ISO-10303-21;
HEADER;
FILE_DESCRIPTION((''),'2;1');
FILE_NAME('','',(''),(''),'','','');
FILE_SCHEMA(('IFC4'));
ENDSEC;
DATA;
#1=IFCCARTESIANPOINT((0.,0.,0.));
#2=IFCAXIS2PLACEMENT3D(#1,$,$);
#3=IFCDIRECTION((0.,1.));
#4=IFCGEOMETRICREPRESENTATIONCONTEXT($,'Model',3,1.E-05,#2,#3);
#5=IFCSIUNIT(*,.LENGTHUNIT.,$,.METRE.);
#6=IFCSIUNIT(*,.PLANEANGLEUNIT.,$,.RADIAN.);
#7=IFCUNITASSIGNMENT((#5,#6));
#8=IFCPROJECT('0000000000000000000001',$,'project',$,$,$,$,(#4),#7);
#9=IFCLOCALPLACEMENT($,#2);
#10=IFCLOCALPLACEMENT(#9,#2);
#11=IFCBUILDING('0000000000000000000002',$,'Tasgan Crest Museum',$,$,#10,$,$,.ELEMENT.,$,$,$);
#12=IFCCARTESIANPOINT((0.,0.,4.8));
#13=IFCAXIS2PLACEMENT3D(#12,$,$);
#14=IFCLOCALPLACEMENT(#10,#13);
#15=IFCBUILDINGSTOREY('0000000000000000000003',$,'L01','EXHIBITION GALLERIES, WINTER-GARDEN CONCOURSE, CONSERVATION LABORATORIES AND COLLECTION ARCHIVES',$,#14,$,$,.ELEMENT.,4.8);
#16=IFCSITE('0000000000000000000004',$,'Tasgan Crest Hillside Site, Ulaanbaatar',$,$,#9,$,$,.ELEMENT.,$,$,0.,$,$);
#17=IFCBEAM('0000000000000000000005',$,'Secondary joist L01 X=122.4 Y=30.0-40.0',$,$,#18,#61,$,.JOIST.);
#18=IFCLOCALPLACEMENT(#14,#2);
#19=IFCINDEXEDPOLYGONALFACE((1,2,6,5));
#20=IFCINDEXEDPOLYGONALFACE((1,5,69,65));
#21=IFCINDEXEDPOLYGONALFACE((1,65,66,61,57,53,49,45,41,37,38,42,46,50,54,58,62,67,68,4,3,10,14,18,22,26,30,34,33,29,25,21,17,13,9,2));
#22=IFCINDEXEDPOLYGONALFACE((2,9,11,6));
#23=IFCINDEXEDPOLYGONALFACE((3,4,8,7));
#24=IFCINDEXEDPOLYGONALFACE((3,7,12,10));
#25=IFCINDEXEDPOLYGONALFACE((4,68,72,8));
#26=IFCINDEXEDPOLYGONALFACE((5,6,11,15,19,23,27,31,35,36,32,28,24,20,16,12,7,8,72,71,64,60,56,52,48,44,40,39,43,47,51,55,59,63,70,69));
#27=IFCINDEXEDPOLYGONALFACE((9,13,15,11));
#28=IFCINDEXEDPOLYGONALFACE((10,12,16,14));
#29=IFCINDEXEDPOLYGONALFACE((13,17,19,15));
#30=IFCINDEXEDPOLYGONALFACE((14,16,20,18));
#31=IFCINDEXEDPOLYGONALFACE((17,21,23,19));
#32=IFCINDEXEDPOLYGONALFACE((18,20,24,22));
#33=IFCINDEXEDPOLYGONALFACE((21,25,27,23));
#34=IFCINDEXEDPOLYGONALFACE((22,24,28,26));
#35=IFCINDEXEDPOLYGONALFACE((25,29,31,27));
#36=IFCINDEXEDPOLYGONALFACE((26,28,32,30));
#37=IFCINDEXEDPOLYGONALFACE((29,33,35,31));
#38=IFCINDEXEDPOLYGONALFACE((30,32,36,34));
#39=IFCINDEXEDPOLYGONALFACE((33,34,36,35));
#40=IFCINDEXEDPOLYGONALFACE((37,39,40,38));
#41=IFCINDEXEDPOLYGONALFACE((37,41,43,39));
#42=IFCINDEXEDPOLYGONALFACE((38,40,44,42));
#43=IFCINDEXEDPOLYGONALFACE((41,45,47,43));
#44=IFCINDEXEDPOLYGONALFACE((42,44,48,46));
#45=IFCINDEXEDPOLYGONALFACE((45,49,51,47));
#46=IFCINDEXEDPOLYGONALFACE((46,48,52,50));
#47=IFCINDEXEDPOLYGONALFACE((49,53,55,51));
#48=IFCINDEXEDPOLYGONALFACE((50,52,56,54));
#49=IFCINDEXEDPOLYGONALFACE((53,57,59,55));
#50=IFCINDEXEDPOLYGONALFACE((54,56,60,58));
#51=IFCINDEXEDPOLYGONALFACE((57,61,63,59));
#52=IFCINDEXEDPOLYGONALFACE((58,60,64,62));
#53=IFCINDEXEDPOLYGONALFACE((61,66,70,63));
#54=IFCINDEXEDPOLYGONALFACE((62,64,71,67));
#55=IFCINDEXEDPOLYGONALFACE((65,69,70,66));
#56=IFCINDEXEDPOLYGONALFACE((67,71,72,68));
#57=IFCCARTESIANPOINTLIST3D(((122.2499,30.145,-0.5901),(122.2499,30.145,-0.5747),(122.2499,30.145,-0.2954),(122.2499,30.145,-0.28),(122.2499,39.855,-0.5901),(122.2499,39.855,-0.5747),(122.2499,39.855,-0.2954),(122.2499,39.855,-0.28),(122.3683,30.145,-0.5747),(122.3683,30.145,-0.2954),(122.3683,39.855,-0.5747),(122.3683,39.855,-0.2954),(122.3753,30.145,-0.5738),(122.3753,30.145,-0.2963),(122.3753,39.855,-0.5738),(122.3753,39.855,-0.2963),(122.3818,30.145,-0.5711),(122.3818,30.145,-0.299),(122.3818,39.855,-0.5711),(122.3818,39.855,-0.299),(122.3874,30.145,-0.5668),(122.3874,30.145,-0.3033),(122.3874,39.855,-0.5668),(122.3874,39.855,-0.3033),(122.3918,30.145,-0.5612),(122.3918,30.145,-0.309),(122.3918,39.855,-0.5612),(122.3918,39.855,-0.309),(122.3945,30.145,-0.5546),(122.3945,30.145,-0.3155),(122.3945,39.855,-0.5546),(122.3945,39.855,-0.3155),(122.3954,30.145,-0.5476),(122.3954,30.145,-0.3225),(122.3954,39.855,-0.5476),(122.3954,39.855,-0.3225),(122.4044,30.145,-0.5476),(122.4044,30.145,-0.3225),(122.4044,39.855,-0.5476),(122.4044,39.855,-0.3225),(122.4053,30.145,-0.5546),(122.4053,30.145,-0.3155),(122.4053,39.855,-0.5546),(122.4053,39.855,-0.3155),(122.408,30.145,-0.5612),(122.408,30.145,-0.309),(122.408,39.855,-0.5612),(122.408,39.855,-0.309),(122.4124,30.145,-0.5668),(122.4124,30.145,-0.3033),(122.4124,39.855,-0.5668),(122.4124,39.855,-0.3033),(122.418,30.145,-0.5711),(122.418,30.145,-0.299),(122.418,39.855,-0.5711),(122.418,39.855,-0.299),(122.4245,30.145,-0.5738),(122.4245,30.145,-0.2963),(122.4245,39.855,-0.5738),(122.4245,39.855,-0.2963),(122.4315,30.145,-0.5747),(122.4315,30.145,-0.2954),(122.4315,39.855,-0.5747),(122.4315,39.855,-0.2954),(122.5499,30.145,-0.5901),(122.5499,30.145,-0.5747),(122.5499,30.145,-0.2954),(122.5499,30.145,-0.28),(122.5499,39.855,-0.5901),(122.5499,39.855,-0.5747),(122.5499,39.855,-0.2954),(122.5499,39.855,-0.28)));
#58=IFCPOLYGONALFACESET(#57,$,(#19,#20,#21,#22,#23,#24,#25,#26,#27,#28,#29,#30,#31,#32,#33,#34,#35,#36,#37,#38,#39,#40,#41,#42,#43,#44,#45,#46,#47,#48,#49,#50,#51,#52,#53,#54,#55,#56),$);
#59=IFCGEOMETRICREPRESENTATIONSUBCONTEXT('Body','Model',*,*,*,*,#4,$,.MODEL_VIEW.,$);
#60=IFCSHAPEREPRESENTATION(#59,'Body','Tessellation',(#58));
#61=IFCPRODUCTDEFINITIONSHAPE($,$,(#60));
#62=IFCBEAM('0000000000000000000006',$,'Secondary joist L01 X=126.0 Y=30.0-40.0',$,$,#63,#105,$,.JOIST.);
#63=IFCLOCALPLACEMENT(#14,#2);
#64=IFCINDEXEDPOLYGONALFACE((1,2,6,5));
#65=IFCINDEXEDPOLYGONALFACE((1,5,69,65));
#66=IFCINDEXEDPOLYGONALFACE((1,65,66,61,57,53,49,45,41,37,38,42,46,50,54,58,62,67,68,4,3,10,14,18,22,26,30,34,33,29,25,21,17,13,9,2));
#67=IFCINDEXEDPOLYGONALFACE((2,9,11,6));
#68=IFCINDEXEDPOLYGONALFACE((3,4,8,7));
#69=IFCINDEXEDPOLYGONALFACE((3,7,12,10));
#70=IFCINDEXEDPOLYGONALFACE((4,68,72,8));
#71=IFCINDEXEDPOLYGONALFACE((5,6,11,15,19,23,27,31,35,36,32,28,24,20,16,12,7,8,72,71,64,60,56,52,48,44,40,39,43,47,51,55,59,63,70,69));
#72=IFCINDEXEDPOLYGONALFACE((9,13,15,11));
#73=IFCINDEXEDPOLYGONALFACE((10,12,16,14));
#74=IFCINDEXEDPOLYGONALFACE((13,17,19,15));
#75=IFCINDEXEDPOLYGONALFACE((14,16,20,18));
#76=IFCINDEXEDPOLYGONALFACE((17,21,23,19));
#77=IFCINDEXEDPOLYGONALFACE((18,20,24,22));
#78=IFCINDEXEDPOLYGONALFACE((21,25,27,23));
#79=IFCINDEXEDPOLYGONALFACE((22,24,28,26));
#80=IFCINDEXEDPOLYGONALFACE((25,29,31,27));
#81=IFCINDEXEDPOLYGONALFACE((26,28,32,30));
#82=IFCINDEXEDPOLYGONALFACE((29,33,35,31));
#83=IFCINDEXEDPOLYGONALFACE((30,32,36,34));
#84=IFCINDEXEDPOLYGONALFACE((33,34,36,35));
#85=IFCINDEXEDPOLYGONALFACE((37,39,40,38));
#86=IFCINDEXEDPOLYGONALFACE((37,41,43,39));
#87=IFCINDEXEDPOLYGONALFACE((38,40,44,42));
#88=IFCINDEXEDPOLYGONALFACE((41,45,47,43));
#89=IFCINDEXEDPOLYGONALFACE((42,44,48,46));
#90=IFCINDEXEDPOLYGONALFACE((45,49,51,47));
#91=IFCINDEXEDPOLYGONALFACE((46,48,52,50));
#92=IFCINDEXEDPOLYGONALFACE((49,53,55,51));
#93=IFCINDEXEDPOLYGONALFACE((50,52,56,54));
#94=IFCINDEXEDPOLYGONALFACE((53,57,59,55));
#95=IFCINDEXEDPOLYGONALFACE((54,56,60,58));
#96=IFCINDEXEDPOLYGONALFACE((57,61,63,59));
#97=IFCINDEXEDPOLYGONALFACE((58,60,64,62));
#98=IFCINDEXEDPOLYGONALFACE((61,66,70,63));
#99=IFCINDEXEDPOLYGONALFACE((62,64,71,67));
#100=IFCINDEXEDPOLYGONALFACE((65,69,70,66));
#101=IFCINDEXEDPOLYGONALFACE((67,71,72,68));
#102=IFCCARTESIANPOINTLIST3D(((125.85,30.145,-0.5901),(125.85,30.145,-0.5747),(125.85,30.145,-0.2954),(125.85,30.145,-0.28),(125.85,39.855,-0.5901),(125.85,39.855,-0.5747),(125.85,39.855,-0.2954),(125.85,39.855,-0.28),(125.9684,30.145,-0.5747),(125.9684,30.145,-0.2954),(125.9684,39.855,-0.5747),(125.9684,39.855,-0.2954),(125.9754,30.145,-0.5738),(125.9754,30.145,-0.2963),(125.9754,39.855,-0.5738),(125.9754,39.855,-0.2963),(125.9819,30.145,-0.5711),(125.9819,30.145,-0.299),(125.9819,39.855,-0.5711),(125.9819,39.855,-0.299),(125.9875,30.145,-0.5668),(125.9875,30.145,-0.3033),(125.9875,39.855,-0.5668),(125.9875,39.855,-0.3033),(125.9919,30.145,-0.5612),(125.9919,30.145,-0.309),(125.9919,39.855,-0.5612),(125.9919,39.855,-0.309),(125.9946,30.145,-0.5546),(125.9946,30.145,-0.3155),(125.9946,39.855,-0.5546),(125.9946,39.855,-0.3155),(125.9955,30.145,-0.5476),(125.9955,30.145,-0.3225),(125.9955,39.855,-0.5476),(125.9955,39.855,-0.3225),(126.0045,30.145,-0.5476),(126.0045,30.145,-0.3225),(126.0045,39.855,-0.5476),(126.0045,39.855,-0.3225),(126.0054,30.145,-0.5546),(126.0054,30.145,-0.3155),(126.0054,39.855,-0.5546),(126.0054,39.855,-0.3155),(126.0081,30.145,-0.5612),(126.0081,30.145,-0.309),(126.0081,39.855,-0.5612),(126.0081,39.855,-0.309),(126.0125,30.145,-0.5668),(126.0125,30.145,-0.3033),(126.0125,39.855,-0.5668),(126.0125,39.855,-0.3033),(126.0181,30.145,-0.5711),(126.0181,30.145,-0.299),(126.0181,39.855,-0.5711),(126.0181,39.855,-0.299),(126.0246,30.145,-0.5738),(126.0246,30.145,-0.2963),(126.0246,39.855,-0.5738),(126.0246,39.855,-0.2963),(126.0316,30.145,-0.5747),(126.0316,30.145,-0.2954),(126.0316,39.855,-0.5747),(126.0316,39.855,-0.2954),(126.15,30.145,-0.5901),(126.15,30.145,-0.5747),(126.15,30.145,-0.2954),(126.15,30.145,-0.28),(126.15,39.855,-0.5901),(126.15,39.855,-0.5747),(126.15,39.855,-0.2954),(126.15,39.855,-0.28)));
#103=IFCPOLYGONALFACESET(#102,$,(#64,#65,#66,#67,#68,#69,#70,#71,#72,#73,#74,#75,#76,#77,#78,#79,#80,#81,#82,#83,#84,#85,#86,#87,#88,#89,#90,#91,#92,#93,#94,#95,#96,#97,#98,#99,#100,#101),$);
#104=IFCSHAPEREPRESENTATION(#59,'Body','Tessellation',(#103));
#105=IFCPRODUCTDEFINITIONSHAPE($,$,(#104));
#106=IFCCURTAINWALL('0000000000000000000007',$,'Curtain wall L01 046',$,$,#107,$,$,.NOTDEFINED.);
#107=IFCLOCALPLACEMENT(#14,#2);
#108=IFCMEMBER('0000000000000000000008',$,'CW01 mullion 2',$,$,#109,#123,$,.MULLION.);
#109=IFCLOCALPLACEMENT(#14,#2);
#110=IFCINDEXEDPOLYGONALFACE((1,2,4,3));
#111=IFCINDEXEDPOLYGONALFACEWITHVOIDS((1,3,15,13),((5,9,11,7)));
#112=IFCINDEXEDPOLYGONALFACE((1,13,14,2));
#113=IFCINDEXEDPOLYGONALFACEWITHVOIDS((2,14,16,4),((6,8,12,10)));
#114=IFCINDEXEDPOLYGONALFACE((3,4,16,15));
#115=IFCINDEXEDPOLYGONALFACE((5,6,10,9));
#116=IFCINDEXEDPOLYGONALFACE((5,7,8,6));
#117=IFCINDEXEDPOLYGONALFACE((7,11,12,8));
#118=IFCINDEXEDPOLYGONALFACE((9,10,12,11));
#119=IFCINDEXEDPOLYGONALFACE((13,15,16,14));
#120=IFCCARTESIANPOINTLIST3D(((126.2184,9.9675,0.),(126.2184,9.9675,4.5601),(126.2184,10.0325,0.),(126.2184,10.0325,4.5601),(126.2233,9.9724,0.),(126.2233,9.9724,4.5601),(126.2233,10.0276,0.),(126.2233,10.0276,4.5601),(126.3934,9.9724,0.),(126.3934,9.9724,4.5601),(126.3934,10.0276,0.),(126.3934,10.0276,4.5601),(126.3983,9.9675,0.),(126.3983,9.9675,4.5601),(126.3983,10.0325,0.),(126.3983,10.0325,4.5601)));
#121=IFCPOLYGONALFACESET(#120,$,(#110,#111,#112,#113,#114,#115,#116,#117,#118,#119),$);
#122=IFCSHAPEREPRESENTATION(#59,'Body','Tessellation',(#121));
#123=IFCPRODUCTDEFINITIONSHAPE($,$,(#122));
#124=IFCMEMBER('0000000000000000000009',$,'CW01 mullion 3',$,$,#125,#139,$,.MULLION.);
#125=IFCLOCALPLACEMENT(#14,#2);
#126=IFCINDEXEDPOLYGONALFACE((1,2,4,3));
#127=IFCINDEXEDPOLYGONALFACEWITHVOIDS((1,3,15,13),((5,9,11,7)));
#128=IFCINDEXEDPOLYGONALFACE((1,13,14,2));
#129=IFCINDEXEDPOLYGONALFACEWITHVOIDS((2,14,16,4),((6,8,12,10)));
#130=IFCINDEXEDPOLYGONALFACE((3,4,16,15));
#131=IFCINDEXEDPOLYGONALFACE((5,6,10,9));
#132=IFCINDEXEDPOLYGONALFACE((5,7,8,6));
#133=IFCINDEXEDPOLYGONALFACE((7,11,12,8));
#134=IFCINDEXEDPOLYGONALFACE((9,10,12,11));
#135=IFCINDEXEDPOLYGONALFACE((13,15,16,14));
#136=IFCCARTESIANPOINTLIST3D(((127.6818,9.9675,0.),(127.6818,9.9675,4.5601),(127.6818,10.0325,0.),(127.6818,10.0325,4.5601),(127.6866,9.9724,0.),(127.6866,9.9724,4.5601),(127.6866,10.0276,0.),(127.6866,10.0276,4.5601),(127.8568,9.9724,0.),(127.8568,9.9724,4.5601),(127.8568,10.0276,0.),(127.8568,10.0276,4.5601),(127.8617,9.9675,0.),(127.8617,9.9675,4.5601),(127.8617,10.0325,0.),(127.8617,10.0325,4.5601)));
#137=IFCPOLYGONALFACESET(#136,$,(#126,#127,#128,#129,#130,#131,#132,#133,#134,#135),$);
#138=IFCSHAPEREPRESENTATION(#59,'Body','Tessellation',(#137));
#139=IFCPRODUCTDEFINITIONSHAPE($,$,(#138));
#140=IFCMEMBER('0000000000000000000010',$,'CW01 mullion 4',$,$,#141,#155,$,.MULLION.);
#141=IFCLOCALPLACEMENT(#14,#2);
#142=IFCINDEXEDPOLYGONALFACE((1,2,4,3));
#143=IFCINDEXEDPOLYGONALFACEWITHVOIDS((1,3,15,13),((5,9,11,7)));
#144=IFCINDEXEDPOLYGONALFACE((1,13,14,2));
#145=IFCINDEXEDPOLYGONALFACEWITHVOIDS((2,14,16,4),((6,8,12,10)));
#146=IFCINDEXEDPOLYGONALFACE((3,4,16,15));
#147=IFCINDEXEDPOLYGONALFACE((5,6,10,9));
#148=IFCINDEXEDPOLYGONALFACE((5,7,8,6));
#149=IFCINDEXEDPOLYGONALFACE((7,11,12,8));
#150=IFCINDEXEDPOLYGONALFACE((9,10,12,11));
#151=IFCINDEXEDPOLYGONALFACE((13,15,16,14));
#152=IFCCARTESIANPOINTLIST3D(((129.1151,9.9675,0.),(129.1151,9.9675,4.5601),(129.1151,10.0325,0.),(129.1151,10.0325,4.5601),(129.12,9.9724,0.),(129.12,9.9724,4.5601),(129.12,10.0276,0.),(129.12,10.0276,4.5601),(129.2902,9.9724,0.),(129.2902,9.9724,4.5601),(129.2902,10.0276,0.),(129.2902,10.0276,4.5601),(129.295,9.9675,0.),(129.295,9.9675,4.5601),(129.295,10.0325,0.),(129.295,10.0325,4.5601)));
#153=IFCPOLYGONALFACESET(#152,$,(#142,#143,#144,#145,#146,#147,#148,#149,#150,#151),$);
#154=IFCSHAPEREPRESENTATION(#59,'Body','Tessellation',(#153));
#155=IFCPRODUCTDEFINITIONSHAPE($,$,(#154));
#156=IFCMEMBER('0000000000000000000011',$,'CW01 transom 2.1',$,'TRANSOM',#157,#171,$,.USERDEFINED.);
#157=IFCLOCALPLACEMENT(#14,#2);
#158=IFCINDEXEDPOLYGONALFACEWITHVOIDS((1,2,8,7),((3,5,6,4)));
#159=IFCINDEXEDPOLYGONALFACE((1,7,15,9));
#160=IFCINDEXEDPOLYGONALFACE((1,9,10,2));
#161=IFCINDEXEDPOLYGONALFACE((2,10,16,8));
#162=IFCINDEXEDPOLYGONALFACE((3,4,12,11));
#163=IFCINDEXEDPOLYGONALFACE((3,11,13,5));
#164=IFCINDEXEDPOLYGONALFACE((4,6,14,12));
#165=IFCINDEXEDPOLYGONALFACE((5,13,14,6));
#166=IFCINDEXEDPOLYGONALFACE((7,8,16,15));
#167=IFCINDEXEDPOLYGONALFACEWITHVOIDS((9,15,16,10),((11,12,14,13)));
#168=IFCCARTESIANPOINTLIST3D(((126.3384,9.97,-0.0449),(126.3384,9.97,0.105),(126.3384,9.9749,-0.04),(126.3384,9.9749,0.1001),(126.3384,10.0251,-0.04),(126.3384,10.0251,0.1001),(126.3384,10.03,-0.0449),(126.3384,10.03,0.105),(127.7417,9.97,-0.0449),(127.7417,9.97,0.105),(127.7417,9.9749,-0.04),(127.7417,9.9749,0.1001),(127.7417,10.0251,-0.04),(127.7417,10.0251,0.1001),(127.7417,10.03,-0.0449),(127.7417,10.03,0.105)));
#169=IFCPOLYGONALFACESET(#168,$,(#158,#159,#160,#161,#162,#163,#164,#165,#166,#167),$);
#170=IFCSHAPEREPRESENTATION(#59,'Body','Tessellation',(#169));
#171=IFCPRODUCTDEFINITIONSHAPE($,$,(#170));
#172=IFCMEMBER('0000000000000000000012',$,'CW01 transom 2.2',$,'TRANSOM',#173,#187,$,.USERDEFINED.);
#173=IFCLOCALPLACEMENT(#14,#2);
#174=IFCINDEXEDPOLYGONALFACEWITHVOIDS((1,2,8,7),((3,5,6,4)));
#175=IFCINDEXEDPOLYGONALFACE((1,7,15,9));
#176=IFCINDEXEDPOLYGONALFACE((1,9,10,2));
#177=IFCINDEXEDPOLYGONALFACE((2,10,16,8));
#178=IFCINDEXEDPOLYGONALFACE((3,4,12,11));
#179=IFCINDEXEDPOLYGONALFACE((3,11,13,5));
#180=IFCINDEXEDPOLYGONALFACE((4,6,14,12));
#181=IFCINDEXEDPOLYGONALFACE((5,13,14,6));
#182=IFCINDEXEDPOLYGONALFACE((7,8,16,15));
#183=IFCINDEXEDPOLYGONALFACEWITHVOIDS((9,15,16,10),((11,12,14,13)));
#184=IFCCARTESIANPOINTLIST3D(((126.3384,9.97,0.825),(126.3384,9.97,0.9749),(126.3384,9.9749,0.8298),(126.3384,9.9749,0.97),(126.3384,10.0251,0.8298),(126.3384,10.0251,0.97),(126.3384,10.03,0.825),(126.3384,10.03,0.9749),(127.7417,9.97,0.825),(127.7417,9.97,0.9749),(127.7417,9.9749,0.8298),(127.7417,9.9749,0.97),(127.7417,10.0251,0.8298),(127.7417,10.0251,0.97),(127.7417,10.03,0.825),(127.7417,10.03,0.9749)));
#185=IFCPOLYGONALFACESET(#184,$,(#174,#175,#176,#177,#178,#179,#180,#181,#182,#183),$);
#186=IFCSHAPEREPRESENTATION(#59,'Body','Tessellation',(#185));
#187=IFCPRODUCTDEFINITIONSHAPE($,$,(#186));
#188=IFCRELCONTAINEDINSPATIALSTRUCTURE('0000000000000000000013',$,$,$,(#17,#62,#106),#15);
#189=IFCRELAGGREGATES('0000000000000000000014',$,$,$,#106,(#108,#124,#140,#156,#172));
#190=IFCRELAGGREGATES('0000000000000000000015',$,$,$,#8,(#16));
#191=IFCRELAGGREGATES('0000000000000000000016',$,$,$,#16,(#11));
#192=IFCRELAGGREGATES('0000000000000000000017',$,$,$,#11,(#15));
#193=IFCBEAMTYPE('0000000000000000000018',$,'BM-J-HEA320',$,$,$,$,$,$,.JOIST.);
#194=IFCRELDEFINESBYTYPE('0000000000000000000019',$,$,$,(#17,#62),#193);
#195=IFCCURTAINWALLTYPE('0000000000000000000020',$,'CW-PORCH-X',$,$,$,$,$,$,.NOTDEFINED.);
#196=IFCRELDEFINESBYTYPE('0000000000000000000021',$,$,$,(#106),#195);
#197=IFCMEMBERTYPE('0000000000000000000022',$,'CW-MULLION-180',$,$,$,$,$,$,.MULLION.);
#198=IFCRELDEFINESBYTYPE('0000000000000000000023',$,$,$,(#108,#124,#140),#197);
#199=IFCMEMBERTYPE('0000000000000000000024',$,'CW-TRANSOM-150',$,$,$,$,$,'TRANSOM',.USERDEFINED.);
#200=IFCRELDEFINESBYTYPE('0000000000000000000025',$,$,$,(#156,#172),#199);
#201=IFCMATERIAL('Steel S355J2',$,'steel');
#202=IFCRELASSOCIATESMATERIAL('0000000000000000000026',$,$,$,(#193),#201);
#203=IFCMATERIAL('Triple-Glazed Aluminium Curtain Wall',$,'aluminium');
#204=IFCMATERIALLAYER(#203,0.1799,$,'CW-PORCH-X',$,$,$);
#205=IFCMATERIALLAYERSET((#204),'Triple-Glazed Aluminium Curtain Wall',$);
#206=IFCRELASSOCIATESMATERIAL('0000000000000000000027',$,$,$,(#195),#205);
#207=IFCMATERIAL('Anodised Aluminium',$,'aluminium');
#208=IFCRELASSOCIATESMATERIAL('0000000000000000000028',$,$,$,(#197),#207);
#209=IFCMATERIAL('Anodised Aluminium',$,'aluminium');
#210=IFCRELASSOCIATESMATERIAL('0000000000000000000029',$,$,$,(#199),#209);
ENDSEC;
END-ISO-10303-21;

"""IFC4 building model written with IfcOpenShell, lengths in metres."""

from ifc_helpers import new_model, si_unit, direction, frame, origin, origin_2d, place, context, subcontext, project, spatial, hollow_rectangle, i_section, extrude, material, layer, layer_set, material_profile, profile_set, type_object, element, aggregate, save


model = new_model("IFC4")

# Units and contexts
model_context = context("Model", 3, precision=1e-05, world=origin(), true_north=direction((0.0, 1.0)))
body_context = subcontext(model_context, "Body", "Model", "MODEL_VIEW")
ifc_project = project(units=[si_unit("LENGTHUNIT", "METRE"), si_unit("PLANEANGLEUNIT", "RADIAN")], contexts=[model_context])

# Site, building, storey
site_placement = place(None, origin())
site = spatial("IfcSite", under=ifc_project, at=site_placement, Name="Tasgan Crest Hillside Site, Ulaanbaatar", CompositionType="ELEMENT", RefElevation=0.0)
building_placement = place(site_placement, origin())
building = spatial("IfcBuilding", under=site, at=building_placement, Name="Tasgan Crest Museum", CompositionType="ELEMENT")
storey_placement = place(building_placement, frame((0.0, 0.0, 4.8)))
storey = spatial("IfcBuildingStorey", under=building, at=storey_placement, Name="L01", Description="EXHIBITION GALLERIES, WINTER-GARDEN CONCOURSE, CONSERVATION LABORATORIES AND COLLECTION ARCHIVES", CompositionType="ELEMENT", Elevation=4.8)

# Beams
ifc_material_1 = material(Name="Steel S355J2", Category="steel")
ifc_material_profile_1 = material_profile(ifc_material_1, i_section(OverallWidth=0.3, OverallDepth=0.3101, WebThickness=0.009, FlangeThickness=0.0154, FilletRadius=0.0271, at=origin_2d()), Name="HEA 320")
ifc_profile_set_1 = profile_set([ifc_material_profile_1], Name="Steel S355J2")
beam_type_1 = type_object("IfcBeamType", Name="BM-J-HEA320", PredefinedType="JOIST", material=ifc_profile_set_1)
for number, where, z_axis, x_axis, name in (
    (1, (122.3999, 30.145, -0.4351), (0.0, 1.0, 0.0), (-1.0, 0.0, 0.0), "Secondary joist L01 X=122.4 Y=30.0-40.0"),
    (2, (126.0, 30.145, -0.4351), (0.0, 1.0, 0.0), (-1.0, 0.0, 0.0), "Secondary joist L01 X=126.0 Y=30.0-40.0"),
):
    element("IfcBeam", number, at=place(storey_placement, frame(where, z_axis=z_axis, x_axis=x_axis)), inside=storey, type_object=beam_type_1, Name=name, PredefinedType="JOIST", context=body_context, shape_type="SweptSolid", body=[
        extrude(i_section(OverallWidth=0.3, OverallDepth=0.3101, WebThickness=0.009, FlangeThickness=0.0154, FilletRadius=0.0271, at=origin_2d()), origin(), (0.0, 0.0, 1.0), 9.71),
    ])

# Curtain wall, members
ifc_material_2 = material(Name="Triple-Glazed Aluminium Curtain Wall", Category="aluminium")
ifc_layer_1 = layer(ifc_material_2, 0.1799, Name="CW-PORCH-X")
ifc_layer_set_1 = layer_set([ifc_layer_1], Name="Triple-Glazed Aluminium Curtain Wall")
curtain_wall_type = type_object("IfcCurtainWallType", Name="CW-PORCH-X", PredefinedType="NOTDEFINED", material=ifc_layer_set_1)
curtain_wall_placement = place(storey_placement, origin())
curtain_wall = element("IfcCurtainWall", 3, at=curtain_wall_placement, inside=storey, type_object=curtain_wall_type, Name="Curtain wall L01 046", PredefinedType="NOTDEFINED")
ifc_material_3 = material(Name="Anodised Aluminium", Category="aluminium")
ifc_material_profile_2 = material_profile(ifc_material_3, hollow_rectangle(XDim=0.0649, YDim=0.1799, WallThickness=0.0049, at=origin_2d()), Name="ALU MULLION 180x65x5")
ifc_profile_set_2 = profile_set([ifc_material_profile_2], Name="Anodised Aluminium")
member_type_1 = type_object("IfcMemberType", Name="CW-MULLION-180", PredefinedType="MULLION", material=ifc_profile_set_2)
member_1_placement = place(storey_placement, frame((126.3083, 10.0, 0.0), z_axis=(0.0, 0.0, 1.0), x_axis=(0.0, 1.0, 0.0)))
member_1 = element("IfcMember", 4, at=member_1_placement, type_object=member_type_1, Name="CW01 mullion 2", PredefinedType="MULLION", context=body_context, shape_type="SweptSolid", body=[
    extrude(hollow_rectangle(XDim=0.0649, YDim=0.1799, WallThickness=0.0049, at=origin_2d()), origin(), (0.0, 0.0, 1.0), 4.5601),
])
member_2_placement = place(storey_placement, frame((127.7717, 10.0, 0.0), z_axis=(0.0, 0.0, 1.0), x_axis=(0.0, 1.0, 0.0)))
member_2 = element("IfcMember", 5, at=member_2_placement, type_object=member_type_1, Name="CW01 mullion 3", PredefinedType="MULLION", context=body_context, shape_type="SweptSolid", body=[
    extrude(hollow_rectangle(XDim=0.0649, YDim=0.1799, WallThickness=0.0049, at=origin_2d()), origin(), (0.0, 0.0, 1.0), 4.5601),
])
member_3_placement = place(storey_placement, frame((129.2051, 10.0, 0.0), z_axis=(0.0, 0.0, 1.0), x_axis=(0.0, 1.0, 0.0)))
member_3 = element("IfcMember", 6, at=member_3_placement, type_object=member_type_1, Name="CW01 mullion 4", PredefinedType="MULLION", context=body_context, shape_type="SweptSolid", body=[
    extrude(hollow_rectangle(XDim=0.0649, YDim=0.1799, WallThickness=0.0049, at=origin_2d()), origin(), (0.0, 0.0, 1.0), 4.5601),
])
ifc_material_4 = material(Name="Anodised Aluminium", Category="aluminium")
ifc_material_profile_3 = material_profile(ifc_material_4, hollow_rectangle(XDim=0.0601, YDim=0.1499, WallThickness=0.0049, at=origin_2d()), Name="ALU TRANSOM 150x60x5")
ifc_profile_set_3 = profile_set([ifc_material_profile_3], Name="Anodised Aluminium")
member_type_2 = type_object("IfcMemberType", Name="CW-TRANSOM-150", ElementType="TRANSOM", PredefinedType="USERDEFINED", material=ifc_profile_set_3)
member_4_placement = place(storey_placement, frame((126.3384, 10.0, 0.03), z_axis=(1.0, 0.0, 0.0), x_axis=(0.0, 1.0, 0.0)))
member_4 = element("IfcMember", 7, at=member_4_placement, type_object=member_type_2, Name="CW01 transom 2.1", ObjectType="TRANSOM", PredefinedType="USERDEFINED", context=body_context, shape_type="SweptSolid", body=[
    extrude(hollow_rectangle(XDim=0.0601, YDim=0.1499, WallThickness=0.0049, at=origin_2d()), origin(), (0.0, 0.0, 1.0), 1.4033),
])
member_5_placement = place(storey_placement, frame((126.3384, 10.0, 0.8999), z_axis=(1.0, 0.0, 0.0), x_axis=(0.0, 1.0, 0.0)))
member_5 = element("IfcMember", 8, at=member_5_placement, type_object=member_type_2, Name="CW01 transom 2.2", ObjectType="TRANSOM", PredefinedType="USERDEFINED", context=body_context, shape_type="SweptSolid", body=[
    extrude(hollow_rectangle(XDim=0.0601, YDim=0.1499, WallThickness=0.0049, at=origin_2d()), origin(), (0.0, 0.0, 1.0), 1.4033),
])
aggregate(curtain_wall, [member_1, member_2, member_3, member_4, member_5])

save(model, "model.ifc")
